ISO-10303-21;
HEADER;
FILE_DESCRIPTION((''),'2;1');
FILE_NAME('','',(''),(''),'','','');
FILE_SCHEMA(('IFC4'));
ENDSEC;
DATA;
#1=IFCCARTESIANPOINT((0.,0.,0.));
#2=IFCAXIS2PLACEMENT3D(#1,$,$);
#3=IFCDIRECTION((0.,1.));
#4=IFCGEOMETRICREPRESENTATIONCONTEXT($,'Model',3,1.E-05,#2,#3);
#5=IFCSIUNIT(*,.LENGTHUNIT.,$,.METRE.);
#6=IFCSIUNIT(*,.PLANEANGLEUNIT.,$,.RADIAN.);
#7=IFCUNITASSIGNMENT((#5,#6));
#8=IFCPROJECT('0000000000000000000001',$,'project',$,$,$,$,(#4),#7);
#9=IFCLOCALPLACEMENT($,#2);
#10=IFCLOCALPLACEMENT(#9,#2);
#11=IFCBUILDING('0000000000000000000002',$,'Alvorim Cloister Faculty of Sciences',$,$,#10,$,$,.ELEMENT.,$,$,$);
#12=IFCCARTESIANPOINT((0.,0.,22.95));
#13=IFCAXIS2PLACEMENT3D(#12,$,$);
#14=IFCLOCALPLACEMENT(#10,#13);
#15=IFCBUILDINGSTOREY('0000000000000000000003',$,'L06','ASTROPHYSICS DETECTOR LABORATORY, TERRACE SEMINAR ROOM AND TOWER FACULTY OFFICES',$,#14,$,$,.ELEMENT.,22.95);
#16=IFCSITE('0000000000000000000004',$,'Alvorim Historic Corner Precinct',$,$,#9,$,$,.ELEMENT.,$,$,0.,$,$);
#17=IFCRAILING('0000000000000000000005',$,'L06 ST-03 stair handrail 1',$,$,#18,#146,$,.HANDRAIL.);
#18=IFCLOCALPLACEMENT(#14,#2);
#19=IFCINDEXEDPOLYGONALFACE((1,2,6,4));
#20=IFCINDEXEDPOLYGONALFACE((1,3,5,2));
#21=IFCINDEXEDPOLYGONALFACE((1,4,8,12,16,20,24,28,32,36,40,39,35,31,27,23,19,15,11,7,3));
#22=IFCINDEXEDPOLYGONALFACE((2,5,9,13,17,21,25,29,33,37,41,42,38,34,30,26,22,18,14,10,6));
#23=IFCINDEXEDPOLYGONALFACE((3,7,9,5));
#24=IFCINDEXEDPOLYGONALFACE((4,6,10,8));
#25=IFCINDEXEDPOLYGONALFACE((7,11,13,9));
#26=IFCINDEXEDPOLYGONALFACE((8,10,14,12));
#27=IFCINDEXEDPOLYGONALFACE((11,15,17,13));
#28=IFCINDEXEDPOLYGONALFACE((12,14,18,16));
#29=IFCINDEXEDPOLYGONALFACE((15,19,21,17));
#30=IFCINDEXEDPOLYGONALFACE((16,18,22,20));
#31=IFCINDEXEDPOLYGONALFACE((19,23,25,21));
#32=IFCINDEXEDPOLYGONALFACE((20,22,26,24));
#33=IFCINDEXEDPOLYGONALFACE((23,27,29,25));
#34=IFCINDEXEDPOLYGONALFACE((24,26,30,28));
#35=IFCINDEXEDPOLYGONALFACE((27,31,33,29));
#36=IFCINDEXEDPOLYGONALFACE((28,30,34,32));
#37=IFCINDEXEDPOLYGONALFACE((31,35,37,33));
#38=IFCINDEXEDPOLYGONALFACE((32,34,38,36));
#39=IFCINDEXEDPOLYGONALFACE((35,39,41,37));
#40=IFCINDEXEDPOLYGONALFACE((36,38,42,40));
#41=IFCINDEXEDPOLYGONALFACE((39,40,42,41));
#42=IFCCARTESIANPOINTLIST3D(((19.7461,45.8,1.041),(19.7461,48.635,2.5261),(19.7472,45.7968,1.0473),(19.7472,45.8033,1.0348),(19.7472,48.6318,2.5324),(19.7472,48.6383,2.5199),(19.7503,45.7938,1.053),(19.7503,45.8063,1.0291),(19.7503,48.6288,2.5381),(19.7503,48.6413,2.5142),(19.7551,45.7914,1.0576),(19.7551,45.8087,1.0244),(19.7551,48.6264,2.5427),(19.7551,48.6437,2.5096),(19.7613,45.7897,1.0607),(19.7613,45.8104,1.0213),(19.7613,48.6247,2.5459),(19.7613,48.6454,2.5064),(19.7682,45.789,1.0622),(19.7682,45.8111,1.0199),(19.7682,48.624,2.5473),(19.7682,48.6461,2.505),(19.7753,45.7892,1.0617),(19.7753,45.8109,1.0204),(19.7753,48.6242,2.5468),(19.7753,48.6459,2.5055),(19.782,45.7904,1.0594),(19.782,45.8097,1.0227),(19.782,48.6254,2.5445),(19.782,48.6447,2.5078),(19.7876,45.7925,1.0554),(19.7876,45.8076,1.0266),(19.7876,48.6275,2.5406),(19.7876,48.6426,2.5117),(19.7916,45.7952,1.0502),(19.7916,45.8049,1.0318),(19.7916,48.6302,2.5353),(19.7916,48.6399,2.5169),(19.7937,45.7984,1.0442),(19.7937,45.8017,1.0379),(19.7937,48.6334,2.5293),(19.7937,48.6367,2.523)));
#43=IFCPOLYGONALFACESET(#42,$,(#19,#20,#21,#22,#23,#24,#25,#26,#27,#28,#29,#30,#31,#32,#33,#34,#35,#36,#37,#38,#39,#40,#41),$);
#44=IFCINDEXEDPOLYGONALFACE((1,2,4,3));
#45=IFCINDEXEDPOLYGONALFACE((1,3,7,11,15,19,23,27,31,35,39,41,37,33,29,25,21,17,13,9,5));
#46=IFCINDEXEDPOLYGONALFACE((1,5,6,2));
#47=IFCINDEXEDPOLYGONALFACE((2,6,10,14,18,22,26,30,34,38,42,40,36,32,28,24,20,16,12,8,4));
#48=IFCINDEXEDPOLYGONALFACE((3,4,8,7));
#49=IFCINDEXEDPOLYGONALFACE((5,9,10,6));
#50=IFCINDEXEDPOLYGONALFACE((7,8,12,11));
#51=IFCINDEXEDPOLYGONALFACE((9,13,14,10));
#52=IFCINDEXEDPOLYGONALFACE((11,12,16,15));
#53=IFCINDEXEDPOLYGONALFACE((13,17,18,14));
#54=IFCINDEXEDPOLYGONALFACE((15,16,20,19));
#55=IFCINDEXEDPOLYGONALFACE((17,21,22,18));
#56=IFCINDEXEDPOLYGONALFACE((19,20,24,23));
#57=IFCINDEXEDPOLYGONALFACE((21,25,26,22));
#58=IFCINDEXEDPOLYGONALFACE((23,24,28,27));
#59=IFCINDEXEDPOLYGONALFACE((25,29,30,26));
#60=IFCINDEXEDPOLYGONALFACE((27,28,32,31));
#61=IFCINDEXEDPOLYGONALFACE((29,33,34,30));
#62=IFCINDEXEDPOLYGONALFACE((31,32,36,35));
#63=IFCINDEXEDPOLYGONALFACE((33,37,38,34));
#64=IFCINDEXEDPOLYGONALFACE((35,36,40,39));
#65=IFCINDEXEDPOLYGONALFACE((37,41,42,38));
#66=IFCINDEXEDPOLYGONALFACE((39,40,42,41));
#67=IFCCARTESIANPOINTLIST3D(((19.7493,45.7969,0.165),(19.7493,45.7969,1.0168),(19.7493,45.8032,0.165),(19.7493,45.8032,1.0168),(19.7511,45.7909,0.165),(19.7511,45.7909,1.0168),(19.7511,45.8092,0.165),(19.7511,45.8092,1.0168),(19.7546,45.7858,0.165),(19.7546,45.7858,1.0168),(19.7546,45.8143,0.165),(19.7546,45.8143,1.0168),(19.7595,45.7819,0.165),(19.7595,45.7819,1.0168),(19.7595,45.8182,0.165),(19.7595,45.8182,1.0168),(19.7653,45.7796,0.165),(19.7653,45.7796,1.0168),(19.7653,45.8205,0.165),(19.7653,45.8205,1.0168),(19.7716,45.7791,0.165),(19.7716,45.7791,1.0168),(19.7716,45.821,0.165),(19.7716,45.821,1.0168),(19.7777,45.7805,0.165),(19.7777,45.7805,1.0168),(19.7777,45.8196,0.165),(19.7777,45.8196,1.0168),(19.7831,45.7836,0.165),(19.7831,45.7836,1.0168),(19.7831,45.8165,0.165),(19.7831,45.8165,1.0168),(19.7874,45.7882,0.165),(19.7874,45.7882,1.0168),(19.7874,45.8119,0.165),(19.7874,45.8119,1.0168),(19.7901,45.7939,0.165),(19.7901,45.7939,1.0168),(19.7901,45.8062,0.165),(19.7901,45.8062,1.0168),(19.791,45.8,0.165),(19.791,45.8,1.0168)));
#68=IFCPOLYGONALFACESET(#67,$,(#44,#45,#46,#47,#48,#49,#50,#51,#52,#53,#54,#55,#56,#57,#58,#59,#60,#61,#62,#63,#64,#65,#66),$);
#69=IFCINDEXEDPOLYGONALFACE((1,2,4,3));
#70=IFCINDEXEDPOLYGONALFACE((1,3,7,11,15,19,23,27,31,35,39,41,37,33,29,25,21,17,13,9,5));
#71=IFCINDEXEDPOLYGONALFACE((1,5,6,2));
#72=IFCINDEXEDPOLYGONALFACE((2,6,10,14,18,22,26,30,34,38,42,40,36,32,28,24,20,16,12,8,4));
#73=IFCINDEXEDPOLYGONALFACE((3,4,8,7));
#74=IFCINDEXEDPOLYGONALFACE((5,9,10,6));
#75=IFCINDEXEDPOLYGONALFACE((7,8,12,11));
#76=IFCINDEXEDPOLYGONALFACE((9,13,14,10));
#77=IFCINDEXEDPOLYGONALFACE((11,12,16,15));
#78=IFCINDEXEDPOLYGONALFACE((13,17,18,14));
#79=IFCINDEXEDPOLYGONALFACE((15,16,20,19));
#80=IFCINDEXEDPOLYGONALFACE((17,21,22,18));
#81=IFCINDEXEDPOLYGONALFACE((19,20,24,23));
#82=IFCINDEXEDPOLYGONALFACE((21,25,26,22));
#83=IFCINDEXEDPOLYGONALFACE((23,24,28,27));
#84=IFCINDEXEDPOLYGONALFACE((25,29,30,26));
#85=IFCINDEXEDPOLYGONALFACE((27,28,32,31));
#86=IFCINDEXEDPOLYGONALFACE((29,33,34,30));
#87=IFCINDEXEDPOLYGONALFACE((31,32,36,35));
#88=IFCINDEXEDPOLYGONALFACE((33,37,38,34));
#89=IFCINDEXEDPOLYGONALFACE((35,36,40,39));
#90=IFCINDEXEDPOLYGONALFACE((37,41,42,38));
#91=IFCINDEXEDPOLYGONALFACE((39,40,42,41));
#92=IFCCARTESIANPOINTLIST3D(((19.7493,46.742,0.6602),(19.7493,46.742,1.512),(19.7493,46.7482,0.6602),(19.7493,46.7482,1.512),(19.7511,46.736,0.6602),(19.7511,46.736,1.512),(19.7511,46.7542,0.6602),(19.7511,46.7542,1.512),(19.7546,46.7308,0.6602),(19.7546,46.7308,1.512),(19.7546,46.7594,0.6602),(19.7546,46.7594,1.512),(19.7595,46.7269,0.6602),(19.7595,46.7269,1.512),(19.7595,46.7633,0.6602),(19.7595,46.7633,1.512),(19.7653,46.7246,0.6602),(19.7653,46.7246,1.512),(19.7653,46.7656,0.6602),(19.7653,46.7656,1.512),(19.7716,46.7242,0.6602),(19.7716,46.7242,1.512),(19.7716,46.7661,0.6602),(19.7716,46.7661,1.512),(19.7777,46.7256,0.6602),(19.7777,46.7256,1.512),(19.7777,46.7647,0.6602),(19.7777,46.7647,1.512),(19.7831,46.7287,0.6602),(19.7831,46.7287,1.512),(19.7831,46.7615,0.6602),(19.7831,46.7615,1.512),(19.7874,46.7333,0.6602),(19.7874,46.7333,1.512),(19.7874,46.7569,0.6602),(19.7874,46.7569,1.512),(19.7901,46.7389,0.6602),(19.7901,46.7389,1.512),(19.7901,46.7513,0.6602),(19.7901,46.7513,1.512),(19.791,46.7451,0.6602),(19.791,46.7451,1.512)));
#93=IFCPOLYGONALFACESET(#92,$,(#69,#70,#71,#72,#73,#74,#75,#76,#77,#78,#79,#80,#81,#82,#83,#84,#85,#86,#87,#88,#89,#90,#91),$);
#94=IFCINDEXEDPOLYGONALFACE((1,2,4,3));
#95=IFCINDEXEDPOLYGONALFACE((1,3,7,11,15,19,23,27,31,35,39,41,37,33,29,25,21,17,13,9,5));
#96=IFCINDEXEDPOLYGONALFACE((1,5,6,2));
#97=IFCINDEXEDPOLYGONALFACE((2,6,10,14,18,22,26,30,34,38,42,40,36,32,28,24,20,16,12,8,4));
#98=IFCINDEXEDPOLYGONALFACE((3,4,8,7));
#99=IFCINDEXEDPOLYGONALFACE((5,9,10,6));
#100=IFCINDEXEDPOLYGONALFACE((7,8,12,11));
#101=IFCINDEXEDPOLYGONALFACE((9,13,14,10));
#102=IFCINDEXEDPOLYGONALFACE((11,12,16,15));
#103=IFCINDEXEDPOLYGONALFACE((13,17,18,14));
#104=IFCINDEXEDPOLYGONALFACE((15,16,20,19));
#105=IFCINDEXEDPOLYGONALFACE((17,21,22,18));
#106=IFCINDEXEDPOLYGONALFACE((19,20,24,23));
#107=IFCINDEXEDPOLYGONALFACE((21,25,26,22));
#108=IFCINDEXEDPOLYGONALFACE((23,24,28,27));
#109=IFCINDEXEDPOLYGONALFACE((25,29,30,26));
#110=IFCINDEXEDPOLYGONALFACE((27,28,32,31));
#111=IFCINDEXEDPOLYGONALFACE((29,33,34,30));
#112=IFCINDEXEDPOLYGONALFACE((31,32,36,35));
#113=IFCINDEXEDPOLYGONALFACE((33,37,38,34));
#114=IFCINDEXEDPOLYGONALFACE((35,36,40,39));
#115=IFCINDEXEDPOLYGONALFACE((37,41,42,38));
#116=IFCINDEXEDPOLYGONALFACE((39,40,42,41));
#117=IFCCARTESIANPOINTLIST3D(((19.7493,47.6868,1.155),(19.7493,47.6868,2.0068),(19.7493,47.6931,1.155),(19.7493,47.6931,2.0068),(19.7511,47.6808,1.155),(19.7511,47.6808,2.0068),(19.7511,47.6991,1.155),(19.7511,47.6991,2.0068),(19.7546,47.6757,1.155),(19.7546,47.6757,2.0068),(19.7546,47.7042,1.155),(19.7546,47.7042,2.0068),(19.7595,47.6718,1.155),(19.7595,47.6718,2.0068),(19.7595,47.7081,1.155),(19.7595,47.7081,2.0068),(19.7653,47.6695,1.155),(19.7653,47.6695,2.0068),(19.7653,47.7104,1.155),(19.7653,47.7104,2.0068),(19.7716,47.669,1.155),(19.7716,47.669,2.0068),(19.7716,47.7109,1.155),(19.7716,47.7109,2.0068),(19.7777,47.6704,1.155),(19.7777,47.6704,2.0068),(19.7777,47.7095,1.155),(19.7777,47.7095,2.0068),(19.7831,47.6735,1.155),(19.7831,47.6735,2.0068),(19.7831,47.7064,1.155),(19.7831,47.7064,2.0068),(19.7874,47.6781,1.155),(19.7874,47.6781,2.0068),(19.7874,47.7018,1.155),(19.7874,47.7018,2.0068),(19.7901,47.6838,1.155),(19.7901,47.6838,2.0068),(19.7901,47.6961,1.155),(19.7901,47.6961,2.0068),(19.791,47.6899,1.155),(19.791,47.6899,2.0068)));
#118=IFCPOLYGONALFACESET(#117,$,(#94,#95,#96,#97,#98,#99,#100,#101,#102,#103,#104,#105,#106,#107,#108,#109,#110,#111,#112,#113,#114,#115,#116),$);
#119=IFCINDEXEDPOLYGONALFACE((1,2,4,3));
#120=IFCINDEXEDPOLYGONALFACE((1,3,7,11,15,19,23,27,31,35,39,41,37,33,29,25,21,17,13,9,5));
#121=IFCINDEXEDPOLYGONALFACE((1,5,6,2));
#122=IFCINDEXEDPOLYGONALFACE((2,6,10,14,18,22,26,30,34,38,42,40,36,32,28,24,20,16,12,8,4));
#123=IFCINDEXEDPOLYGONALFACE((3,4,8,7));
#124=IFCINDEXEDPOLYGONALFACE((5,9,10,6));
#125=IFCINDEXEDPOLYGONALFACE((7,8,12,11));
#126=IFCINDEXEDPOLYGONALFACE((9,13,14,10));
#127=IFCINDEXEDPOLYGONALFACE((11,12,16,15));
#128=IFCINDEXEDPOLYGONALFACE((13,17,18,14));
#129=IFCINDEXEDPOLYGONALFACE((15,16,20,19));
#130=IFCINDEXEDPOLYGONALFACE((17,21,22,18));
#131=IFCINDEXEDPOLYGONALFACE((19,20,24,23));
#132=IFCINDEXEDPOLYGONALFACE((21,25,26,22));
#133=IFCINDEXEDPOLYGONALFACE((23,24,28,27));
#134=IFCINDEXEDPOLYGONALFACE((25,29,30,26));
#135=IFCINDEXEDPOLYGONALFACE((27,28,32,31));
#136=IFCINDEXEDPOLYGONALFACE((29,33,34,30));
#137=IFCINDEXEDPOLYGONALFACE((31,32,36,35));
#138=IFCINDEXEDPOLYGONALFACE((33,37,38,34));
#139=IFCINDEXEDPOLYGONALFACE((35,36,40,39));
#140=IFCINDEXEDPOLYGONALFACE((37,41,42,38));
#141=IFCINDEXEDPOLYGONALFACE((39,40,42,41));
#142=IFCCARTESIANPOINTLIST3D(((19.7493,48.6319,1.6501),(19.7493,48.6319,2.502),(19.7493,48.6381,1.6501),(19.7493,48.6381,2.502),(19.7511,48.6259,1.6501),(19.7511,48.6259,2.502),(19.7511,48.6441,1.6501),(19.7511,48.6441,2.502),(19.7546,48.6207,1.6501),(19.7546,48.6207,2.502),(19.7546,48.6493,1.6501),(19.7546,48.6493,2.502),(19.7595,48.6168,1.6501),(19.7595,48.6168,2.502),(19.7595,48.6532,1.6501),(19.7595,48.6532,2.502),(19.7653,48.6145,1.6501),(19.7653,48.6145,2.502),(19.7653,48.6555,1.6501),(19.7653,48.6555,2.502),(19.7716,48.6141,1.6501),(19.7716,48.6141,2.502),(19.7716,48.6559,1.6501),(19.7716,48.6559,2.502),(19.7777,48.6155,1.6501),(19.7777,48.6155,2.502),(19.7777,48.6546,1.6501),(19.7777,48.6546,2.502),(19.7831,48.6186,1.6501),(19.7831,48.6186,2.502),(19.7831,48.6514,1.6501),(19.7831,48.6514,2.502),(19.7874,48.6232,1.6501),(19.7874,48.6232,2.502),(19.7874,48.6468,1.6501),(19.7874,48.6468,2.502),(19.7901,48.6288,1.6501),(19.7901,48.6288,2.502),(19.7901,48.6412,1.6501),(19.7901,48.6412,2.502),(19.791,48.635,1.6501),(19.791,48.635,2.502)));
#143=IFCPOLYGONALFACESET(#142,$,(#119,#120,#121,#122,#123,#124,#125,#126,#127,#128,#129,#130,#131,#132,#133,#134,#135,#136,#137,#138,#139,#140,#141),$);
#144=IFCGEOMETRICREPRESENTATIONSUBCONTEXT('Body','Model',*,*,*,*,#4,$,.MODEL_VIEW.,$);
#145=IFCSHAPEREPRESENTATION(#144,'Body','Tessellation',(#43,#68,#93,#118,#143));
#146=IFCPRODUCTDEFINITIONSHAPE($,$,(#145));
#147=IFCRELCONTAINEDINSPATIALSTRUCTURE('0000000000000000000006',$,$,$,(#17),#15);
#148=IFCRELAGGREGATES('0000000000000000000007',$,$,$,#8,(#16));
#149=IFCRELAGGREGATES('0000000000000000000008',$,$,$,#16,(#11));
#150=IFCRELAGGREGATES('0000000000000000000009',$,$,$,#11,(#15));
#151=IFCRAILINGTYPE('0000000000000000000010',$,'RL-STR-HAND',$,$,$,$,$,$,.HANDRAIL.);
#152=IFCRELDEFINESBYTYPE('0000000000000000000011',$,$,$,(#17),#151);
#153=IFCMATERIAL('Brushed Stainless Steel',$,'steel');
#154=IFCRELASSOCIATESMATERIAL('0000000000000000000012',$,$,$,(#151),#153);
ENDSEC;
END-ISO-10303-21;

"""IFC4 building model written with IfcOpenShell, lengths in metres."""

from ifc_helpers import new_model, si_unit, direction, frame, origin, origin_2d, place, context, subcontext, project, spatial, circle, extrude, material, type_object, element, save


model = new_model("IFC4")

# Units and contexts
model_context = context("Model", 3, precision=1e-05, world=origin(), true_north=direction((0.0, 1.0)))
body_context = subcontext(model_context, "Body", "Model", "MODEL_VIEW")
ifc_project = project(units=[si_unit("LENGTHUNIT", "METRE"), si_unit("PLANEANGLEUNIT", "RADIAN")], contexts=[model_context])

# Site, building, storey
site_placement = place(None, origin())
site = spatial("IfcSite", under=ifc_project, at=site_placement, Name="Alvorim Historic Corner Precinct", CompositionType="ELEMENT", RefElevation=0.0)
building_placement = place(site_placement, origin())
building = spatial("IfcBuilding", under=site, at=building_placement, Name="Alvorim Cloister Faculty of Sciences", CompositionType="ELEMENT")
storey_placement = place(building_placement, frame((0.0, 0.0, 22.95)))
storey = spatial("IfcBuildingStorey", under=building, at=storey_placement, Name="L06", Description="ASTROPHYSICS DETECTOR LABORATORY, TERRACE SEMINAR ROOM AND TOWER FACULTY OFFICES", CompositionType="ELEMENT", Elevation=22.95)

# Railing
ifc_material_1 = material(Name="Brushed Stainless Steel", Category="steel")
railing_type_1 = type_object("IfcRailingType", Name="RL-STR-HAND", PredefinedType="HANDRAIL", material=ifc_material_1)
railing_1_placement = place(storey_placement, frame((19.77, 45.8, 0.165)))
element("IfcRailing", 1, at=railing_1_placement, inside=storey, type_object=railing_type_1, Name="L06 ST-03 stair handrail 1", PredefinedType="HANDRAIL", context=body_context, shape_type="SweptSolid", body=[
    extrude(circle(Radius=0.0239, at=origin_2d()), frame((0.0, 0.0, 0.876), z_axis=(0.0, 0.885815, 0.464038), x_axis=(-1.0, 0.0, 0.0)), (0.0, 0.0, 1.0), 3.2004),
    extrude(circle(Radius=0.021, at=origin_2d()), origin(), (0.0, 0.0, 1.0), 0.8518),
    extrude(circle(Radius=0.021, at=origin_2d()), frame((0.0, 0.9451, 0.4951)), (0.0, 0.0, 1.0), 0.8518),
    extrude(circle(Radius=0.021, at=origin_2d()), frame((0.0, 1.8899, 0.99)), (0.0, 0.0, 1.0), 0.8518),
    extrude(circle(Radius=0.021, at=origin_2d()), frame((0.0, 2.835, 1.4851)), (0.0, 0.0, 1.0), 0.8518),
])

save(model, "model.ifc")
